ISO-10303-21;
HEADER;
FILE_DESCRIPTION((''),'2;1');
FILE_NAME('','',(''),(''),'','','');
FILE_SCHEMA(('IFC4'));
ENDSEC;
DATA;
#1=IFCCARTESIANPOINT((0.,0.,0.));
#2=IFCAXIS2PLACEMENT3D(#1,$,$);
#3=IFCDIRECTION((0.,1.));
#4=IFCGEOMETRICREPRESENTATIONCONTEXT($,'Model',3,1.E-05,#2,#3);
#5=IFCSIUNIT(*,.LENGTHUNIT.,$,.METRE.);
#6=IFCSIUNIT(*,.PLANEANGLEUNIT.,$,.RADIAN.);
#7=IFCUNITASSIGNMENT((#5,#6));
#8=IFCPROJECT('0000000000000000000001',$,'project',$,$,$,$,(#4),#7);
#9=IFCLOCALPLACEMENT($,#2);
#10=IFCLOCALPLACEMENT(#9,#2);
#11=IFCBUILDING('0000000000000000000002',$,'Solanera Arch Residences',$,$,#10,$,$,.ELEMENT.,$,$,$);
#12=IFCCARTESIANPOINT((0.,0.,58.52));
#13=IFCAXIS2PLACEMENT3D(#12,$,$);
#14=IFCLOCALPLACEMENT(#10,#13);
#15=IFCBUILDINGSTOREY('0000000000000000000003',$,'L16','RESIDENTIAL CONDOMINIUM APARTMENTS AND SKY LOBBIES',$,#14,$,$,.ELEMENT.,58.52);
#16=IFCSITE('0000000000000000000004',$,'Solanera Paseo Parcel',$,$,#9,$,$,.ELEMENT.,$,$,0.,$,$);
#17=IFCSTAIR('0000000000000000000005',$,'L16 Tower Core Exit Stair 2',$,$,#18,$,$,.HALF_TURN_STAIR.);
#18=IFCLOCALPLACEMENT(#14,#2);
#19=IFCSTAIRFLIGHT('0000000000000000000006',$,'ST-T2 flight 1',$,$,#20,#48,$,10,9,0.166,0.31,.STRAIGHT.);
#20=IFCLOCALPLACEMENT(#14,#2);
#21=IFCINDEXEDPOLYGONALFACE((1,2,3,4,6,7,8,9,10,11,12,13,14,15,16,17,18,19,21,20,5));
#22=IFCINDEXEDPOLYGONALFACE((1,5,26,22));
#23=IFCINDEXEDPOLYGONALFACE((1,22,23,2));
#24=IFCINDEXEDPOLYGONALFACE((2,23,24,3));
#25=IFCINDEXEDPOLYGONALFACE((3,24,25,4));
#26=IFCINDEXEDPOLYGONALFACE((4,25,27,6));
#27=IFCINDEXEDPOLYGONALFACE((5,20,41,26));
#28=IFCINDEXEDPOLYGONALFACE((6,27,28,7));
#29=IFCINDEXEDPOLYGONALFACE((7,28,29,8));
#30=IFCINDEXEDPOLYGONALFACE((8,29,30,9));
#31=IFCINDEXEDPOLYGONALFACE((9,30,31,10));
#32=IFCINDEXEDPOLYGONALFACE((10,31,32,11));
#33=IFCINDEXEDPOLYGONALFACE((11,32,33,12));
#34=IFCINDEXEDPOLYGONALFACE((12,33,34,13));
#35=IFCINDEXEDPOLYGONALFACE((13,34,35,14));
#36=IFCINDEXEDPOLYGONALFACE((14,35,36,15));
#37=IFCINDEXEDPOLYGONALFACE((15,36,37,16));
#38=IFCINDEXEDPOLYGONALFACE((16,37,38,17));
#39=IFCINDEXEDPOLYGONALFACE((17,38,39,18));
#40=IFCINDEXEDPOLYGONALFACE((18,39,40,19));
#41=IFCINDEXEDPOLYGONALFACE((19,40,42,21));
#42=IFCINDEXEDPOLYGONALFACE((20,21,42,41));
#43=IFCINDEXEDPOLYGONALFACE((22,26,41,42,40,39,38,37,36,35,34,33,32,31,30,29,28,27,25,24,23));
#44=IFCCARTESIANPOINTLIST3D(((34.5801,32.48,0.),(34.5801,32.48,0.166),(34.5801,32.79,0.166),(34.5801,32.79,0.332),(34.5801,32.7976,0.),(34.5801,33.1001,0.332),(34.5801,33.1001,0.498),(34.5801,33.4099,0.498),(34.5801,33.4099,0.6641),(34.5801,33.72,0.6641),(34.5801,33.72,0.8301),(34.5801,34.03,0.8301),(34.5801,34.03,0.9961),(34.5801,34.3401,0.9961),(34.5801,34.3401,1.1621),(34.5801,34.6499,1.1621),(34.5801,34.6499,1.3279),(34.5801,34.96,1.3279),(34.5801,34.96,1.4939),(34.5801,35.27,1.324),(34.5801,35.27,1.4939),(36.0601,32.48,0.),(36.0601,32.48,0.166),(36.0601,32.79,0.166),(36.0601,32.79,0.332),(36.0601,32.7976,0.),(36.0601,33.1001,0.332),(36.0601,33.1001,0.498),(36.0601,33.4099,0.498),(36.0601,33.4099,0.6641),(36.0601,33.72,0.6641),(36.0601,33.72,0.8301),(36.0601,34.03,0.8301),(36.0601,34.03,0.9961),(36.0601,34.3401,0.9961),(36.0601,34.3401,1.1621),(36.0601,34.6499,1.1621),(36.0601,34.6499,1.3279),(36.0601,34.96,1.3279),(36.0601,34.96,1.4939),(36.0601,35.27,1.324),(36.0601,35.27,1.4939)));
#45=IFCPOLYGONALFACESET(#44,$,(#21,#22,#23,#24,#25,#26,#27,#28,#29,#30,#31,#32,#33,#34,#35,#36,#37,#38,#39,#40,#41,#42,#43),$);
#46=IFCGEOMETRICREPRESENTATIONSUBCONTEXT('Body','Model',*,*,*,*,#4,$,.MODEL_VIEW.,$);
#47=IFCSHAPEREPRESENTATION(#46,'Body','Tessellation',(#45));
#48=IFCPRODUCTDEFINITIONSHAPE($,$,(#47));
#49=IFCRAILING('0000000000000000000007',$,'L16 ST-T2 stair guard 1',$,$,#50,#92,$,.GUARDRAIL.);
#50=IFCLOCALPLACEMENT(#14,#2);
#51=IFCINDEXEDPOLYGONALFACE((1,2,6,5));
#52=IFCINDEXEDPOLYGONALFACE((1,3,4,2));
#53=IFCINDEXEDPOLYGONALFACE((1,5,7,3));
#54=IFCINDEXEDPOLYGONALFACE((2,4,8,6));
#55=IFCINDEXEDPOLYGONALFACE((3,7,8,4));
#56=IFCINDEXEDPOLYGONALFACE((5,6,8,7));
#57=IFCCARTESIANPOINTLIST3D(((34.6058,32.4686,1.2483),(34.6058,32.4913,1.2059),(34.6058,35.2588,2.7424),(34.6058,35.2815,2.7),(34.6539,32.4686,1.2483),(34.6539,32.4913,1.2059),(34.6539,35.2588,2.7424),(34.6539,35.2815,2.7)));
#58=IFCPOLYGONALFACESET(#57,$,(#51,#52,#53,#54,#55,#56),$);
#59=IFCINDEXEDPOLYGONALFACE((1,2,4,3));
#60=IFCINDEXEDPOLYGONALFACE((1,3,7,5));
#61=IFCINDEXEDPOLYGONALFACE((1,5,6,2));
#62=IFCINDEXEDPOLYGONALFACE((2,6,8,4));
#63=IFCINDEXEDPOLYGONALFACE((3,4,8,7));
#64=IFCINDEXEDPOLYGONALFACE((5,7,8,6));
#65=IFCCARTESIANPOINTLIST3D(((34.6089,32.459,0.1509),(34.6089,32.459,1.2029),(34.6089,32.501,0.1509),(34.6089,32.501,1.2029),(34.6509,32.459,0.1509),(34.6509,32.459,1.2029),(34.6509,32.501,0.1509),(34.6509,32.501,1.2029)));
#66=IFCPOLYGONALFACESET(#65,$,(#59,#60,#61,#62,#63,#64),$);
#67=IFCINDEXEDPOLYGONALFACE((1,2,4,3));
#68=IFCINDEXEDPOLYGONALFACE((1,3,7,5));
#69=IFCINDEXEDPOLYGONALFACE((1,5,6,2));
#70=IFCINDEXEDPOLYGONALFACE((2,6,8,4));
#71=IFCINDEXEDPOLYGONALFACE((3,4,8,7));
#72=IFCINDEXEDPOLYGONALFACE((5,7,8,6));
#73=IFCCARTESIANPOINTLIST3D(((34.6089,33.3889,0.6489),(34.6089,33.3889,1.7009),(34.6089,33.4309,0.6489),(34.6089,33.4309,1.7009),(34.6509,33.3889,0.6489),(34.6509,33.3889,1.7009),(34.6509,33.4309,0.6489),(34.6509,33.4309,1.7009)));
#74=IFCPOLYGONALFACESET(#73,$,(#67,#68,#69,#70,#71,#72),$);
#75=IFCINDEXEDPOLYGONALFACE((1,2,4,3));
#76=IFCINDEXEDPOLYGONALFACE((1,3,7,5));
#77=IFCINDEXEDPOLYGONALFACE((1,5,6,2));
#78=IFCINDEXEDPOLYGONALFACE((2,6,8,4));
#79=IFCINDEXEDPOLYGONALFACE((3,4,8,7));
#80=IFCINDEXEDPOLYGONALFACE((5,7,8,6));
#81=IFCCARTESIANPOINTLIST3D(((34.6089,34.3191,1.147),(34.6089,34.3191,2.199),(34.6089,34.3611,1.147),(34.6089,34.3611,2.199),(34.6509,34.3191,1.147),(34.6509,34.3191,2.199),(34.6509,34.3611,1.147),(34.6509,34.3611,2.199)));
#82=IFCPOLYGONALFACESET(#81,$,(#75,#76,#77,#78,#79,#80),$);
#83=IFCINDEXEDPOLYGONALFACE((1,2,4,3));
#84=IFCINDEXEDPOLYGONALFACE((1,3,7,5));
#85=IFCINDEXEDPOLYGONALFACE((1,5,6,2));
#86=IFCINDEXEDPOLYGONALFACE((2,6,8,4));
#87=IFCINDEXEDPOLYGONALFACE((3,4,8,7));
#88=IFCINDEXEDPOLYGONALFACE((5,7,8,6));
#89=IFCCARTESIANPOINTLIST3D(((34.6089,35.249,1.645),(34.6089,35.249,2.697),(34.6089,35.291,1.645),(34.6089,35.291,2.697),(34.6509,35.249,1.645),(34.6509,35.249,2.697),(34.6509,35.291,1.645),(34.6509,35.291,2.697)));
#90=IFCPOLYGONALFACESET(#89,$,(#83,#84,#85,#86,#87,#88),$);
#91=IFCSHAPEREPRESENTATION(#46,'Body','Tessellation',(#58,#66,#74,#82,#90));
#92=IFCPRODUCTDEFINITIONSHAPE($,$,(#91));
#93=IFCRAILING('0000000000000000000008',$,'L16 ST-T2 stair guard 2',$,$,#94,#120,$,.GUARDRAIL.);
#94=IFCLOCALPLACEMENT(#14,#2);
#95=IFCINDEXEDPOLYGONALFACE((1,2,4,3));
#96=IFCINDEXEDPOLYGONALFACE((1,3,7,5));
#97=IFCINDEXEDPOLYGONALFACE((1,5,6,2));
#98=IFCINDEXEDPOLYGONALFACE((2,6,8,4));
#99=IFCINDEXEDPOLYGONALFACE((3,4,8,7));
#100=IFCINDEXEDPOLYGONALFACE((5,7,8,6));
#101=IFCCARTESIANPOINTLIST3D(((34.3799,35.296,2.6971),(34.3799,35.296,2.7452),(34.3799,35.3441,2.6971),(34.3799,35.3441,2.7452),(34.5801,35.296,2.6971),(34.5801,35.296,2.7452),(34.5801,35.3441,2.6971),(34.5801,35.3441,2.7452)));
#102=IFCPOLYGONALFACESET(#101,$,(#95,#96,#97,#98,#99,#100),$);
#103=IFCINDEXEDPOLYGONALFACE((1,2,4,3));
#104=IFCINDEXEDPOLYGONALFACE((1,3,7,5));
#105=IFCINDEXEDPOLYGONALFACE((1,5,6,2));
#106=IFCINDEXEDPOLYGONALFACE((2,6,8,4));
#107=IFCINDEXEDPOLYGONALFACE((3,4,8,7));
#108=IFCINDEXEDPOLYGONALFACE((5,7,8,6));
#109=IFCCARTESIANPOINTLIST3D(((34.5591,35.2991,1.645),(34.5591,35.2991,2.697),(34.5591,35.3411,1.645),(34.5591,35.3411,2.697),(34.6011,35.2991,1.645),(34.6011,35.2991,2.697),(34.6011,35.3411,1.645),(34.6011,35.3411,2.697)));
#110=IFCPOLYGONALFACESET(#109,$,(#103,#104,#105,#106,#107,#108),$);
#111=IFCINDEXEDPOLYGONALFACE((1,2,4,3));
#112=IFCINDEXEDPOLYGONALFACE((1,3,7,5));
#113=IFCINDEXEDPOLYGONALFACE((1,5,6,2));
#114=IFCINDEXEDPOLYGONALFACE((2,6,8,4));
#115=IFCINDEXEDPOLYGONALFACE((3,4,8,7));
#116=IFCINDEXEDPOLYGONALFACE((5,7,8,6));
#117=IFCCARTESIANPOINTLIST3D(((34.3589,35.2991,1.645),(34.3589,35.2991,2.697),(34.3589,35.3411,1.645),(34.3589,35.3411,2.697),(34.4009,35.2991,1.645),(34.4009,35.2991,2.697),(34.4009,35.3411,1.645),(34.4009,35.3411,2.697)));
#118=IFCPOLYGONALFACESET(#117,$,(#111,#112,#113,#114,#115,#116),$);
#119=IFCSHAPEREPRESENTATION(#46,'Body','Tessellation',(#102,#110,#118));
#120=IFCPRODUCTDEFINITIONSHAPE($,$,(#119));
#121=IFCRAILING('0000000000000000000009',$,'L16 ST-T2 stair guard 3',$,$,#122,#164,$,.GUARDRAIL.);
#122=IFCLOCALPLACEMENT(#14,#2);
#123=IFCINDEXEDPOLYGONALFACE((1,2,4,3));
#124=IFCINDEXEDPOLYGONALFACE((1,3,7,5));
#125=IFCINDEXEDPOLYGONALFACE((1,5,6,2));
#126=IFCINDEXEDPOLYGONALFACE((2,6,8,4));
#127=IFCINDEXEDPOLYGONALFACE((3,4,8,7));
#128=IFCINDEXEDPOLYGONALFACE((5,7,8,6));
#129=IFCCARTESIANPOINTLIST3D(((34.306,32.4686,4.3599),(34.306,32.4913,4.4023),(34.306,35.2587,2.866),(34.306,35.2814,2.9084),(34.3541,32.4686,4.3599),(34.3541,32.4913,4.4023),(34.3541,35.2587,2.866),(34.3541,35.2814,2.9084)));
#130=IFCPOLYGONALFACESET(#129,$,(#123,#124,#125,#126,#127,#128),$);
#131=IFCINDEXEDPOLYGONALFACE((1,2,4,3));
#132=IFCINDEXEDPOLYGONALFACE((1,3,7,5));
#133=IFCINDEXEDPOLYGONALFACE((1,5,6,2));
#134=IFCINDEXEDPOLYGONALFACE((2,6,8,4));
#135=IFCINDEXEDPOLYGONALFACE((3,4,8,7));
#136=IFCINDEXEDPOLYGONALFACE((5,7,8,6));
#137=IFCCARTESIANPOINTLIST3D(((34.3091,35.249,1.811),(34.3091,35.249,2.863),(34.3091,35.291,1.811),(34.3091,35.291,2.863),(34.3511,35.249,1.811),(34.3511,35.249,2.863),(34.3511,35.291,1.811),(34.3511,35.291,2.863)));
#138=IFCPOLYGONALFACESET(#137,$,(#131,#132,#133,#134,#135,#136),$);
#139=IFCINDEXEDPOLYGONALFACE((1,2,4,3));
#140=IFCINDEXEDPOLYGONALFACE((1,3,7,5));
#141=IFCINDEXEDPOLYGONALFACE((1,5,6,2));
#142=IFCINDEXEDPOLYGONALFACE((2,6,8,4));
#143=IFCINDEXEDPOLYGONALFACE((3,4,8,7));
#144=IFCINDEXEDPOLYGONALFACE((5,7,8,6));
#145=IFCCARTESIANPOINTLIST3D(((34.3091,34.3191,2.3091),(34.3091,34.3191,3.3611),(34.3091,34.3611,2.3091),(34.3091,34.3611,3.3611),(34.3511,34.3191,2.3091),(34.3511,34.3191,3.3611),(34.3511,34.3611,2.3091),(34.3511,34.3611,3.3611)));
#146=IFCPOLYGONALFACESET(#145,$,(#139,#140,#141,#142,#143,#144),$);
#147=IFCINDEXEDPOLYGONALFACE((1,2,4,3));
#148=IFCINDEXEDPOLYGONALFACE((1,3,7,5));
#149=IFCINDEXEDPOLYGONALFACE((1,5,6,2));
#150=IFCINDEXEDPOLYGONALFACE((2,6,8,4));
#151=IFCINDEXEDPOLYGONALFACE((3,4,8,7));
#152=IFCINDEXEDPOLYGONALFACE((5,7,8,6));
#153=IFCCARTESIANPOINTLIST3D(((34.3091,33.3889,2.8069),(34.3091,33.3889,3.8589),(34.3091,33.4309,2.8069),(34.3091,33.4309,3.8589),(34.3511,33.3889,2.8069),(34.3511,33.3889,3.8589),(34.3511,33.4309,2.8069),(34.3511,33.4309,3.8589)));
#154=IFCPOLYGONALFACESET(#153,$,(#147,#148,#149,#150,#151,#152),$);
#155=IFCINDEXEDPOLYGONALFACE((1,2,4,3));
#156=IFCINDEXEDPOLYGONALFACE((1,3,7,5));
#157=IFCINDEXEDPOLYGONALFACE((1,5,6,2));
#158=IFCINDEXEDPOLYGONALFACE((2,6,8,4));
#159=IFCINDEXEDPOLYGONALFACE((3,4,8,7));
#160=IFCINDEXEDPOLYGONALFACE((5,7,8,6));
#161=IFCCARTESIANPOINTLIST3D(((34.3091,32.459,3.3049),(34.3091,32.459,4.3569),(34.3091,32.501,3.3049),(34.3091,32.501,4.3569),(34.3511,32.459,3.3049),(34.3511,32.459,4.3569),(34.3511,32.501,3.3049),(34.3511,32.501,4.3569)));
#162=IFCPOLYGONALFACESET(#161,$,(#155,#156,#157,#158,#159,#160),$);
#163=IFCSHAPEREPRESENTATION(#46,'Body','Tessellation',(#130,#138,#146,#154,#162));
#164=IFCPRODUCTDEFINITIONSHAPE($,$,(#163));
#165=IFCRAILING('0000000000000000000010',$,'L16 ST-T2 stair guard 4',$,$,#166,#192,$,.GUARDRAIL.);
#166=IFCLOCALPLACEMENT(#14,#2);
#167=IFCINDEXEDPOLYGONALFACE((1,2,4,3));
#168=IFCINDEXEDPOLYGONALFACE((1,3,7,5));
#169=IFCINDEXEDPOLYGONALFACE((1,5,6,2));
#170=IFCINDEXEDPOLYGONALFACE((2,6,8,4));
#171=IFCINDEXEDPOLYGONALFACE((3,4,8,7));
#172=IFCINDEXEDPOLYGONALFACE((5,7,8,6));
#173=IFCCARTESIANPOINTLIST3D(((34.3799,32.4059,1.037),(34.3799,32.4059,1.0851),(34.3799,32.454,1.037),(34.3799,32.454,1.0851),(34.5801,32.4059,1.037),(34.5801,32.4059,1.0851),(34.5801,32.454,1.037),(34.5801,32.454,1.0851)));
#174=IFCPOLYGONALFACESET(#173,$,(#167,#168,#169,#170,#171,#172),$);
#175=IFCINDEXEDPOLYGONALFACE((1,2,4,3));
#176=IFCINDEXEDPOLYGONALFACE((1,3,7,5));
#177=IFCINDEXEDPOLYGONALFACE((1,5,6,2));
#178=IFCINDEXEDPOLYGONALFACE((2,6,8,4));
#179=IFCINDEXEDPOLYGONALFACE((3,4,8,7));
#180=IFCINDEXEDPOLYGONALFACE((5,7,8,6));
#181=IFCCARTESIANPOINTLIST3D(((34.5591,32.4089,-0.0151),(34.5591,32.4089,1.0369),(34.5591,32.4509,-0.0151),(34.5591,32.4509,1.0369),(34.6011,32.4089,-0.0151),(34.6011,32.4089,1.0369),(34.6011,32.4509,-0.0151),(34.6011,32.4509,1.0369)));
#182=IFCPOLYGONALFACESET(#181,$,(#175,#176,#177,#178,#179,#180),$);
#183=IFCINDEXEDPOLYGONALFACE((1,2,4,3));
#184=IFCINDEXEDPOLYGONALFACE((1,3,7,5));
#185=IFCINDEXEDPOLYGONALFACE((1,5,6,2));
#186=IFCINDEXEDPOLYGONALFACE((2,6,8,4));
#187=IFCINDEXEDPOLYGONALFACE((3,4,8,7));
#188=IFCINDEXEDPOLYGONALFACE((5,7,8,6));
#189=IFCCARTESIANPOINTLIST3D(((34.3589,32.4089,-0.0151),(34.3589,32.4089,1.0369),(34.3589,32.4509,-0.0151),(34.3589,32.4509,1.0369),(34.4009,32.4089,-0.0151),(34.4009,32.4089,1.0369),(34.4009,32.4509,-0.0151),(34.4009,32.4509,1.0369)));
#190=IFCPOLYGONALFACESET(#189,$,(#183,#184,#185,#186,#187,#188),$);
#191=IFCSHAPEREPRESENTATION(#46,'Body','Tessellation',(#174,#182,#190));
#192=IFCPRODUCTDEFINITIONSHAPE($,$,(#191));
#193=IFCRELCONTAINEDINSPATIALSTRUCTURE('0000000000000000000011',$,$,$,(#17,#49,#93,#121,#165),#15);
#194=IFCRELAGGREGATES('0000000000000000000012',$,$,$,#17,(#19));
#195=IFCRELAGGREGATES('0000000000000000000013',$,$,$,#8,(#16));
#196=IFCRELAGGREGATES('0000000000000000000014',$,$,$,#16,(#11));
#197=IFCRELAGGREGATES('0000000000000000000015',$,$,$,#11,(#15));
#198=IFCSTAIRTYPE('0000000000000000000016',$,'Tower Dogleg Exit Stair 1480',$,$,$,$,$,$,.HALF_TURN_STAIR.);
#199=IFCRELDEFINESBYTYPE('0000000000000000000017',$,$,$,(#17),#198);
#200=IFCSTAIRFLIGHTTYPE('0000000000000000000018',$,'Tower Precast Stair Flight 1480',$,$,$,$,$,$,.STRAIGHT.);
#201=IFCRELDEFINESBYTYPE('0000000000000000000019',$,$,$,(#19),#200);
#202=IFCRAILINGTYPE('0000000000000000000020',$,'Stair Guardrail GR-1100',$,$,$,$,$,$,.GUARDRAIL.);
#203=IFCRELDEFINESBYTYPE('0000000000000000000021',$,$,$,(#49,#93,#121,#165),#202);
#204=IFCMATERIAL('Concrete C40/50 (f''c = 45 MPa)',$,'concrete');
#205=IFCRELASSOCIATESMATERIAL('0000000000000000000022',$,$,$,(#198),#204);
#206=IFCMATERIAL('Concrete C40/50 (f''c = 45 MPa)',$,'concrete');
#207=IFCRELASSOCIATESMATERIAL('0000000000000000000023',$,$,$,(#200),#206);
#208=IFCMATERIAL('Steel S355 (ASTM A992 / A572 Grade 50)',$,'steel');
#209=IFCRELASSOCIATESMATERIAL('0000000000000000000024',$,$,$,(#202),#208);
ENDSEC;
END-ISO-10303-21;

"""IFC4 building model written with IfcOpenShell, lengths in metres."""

from ifc_helpers import new_model, si_unit, direction, frame, origin, origin_2d, place, context, subcontext, project, spatial, polyline, rectangle, outline, extrude, material, type_object, element, aggregate, save


model = new_model("IFC4")

# Units and contexts
model_context = context("Model", 3, precision=1e-05, world=origin(), true_north=direction((0.0, 1.0)))
body_context = subcontext(model_context, "Body", "Model", "MODEL_VIEW")
ifc_project = project(units=[si_unit("LENGTHUNIT", "METRE"), si_unit("PLANEANGLEUNIT", "RADIAN")], contexts=[model_context])

# Site, building, storey
site_placement = place(None, origin())
site = spatial("IfcSite", under=ifc_project, at=site_placement, Name="Solanera Paseo Parcel", CompositionType="ELEMENT", RefElevation=0.0)
building_placement = place(site_placement, origin())
building = spatial("IfcBuilding", under=site, at=building_placement, Name="Solanera Arch Residences", CompositionType="ELEMENT")
storey_placement = place(building_placement, frame((0.0, 0.0, 58.52)))
storey = spatial("IfcBuildingStorey", under=building, at=storey_placement, Name="L16", Description="RESIDENTIAL CONDOMINIUM APARTMENTS AND SKY LOBBIES", CompositionType="ELEMENT", Elevation=58.52)

# Stair, stair flight
ifc_material_1 = material(Name="Concrete C40/50 (f'c = 45 MPa)", Category="concrete")
stair_type = type_object("IfcStairType", Name="Tower Dogleg Exit Stair 1480", PredefinedType="HALF_TURN_STAIR", material=ifc_material_1)
stair_placement = place(storey_placement, origin())
stair = element("IfcStair", 1, at=stair_placement, inside=storey, type_object=stair_type, Name="L16 Tower Core Exit Stair 2", PredefinedType="HALF_TURN_STAIR")
ifc_material_2 = material(Name="Concrete C40/50 (f'c = 45 MPa)", Category="concrete")
stair_flight_type = type_object("IfcStairFlightType", Name="Tower Precast Stair Flight 1480", PredefinedType="STRAIGHT", material=ifc_material_2)
stair_flight_placement = place(storey_placement, frame((35.3201, 32.48, 0.0), z_axis=(0.0, 0.0, 1.0), x_axis=(0.0, 1.0, 0.0)))
stair_flight = element("IfcStairFlight", 2, at=stair_flight_placement, type_object=stair_flight_type, Name="ST-T2 flight 1", NumberOfRisers=10, NumberOfTreads=9, PredefinedType="STRAIGHT", RiserHeight=0.166, TreadLength=0.31, context=body_context, shape_type="SweptSolid", body=[
    extrude(outline(polyline([(0.0, 0.0), (0.0, 0.166), (0.3101, 0.166), (0.3101, 0.332), (0.6201, 0.332), (0.6201, 0.498), (0.9299, 0.498), (0.9299, 0.6641), (1.24, 0.6641), (1.24, 0.8301), (1.55, 0.8301), (1.55, 0.9961), (1.8601, 0.9961), (1.8601, 1.1621), (2.1699, 1.1621), (2.1699, 1.3279), (2.48, 1.3279), (2.48, 1.4939), (2.79, 1.4939), (2.79, 1.6599), (2.79, 1.324), (0.3176, 0.0), (0.0, 0.0)])), frame((0.0, 0.74, 0.0), z_axis=(0.0, -1.0, 0.0), x_axis=(1.0, 0.0, 0.0)), (0.0, 0.0, 1.0), 1.48),
])
aggregate(stair, [stair_flight])

# Railings
ifc_material_3 = material(Name="Steel S355 (ASTM A992 / A572 Grade 50)", Category="steel")
railing_type_1 = type_object("IfcRailingType", Name="Stair Guardrail GR-1100", PredefinedType="GUARDRAIL", material=ifc_material_3)
railing_1_placement = place(storey_placement, frame((34.6299, 32.48, 0.1509)))
element("IfcRailing", 3, at=railing_1_placement, inside=storey, type_object=railing_type_1, Name="L16 ST-T2 stair guard 1", PredefinedType="GUARDRAIL", context=body_context, shape_type="SweptSolid", body=[
    extrude(rectangle(XDim=0.0481, YDim=0.0481, at=origin_2d()), frame((0.0, 0.0, 1.0762), z_axis=(0.0, 0.881549, 0.472093), x_axis=(-1.0, 0.0, 0.0)), (0.0, 0.0, 1.0), 3.165),
    extrude(rectangle(XDim=0.042, YDim=0.042, at=origin_2d()), origin(), (0.0, 0.0, 1.0), 1.052),
    extrude(rectangle(XDim=0.042, YDim=0.042, at=origin_2d()), frame((0.0, 0.9299, 0.498)), (0.0, 0.0, 1.0), 1.052),
    extrude(rectangle(XDim=0.042, YDim=0.042, at=origin_2d()), frame((0.0, 1.8601, 0.9961)), (0.0, 0.0, 1.0), 1.052),
    extrude(rectangle(XDim=0.042, YDim=0.042, at=origin_2d()), frame((0.0, 2.79, 1.4941)), (0.0, 0.0, 1.0), 1.052),
])
railing_2_placement = place(storey_placement, frame((34.5801, 35.3201, 1.645)))
element("IfcRailing", 4, at=railing_2_placement, inside=storey, type_object=railing_type_1, Name="L16 ST-T2 stair guard 2", PredefinedType="GUARDRAIL", context=body_context, shape_type="SweptSolid", body=[
    extrude(rectangle(XDim=0.0481, YDim=0.0481, at=origin_2d()), frame((0.0, 0.0, 1.0762), z_axis=(-1.0, 0.0, 0.0), x_axis=(0.0, -1.0, 0.0)), (0.0, 0.0, 1.0), 0.2002),
    extrude(rectangle(XDim=0.042, YDim=0.042, at=origin_2d()), origin(), (0.0, 0.0, 1.0), 1.052),
    extrude(rectangle(XDim=0.042, YDim=0.042, at=origin_2d()), frame((-0.2002, 0.0, 0.0)), (0.0, 0.0, 1.0), 1.052),
])
railing_3_placement = place(storey_placement, frame((34.3301, 35.27, 1.811)))
element("IfcRailing", 5, at=railing_3_placement, inside=storey, type_object=railing_type_1, Name="L16 ST-T2 stair guard 3", PredefinedType="GUARDRAIL", context=body_context, shape_type="SweptSolid", body=[
    extrude(rectangle(XDim=0.0481, YDim=0.0481, at=origin_2d()), frame((0.0, 0.0, 1.0762), z_axis=(0.0, -0.881581, 0.472033), x_axis=(1.0, 0.0, 0.0)), (0.0, 0.0, 1.0), 3.1648),
    extrude(rectangle(XDim=0.042, YDim=0.042, at=origin_2d()), origin(), (0.0, 0.0, 1.0), 1.052),
    extrude(rectangle(XDim=0.042, YDim=0.042, at=origin_2d()), frame((0.0, -0.9299, 0.498)), (0.0, 0.0, 1.0), 1.052),
    extrude(rectangle(XDim=0.042, YDim=0.042, at=origin_2d()), frame((0.0, -1.8601, 0.9958)), (0.0, 0.0, 1.0), 1.052),
    extrude(rectangle(XDim=0.042, YDim=0.042, at=origin_2d()), frame((0.0, -2.79, 1.4939)), (0.0, 0.0, 1.0), 1.052),
])
railing_4_placement = place(storey_placement, frame((34.5801, 32.4299, -0.0151)))
element("IfcRailing", 6, at=railing_4_placement, inside=storey, type_object=railing_type_1, Name="L16 ST-T2 stair guard 4", PredefinedType="GUARDRAIL", context=body_context, shape_type="SweptSolid", body=[
    extrude(rectangle(XDim=0.0481, YDim=0.0481, at=origin_2d()), frame((0.0, 0.0, 1.0762), z_axis=(-1.0, 0.0, 0.0), x_axis=(0.0, -1.0, 0.0)), (0.0, 0.0, 1.0), 0.2002),
    extrude(rectangle(XDim=0.042, YDim=0.042, at=origin_2d()), origin(), (0.0, 0.0, 1.0), 1.052),
    extrude(rectangle(XDim=0.042, YDim=0.042, at=origin_2d()), frame((-0.2002, 0.0, 0.0)), (0.0, 0.0, 1.0), 1.052),
])

save(model, "model.ifc")
